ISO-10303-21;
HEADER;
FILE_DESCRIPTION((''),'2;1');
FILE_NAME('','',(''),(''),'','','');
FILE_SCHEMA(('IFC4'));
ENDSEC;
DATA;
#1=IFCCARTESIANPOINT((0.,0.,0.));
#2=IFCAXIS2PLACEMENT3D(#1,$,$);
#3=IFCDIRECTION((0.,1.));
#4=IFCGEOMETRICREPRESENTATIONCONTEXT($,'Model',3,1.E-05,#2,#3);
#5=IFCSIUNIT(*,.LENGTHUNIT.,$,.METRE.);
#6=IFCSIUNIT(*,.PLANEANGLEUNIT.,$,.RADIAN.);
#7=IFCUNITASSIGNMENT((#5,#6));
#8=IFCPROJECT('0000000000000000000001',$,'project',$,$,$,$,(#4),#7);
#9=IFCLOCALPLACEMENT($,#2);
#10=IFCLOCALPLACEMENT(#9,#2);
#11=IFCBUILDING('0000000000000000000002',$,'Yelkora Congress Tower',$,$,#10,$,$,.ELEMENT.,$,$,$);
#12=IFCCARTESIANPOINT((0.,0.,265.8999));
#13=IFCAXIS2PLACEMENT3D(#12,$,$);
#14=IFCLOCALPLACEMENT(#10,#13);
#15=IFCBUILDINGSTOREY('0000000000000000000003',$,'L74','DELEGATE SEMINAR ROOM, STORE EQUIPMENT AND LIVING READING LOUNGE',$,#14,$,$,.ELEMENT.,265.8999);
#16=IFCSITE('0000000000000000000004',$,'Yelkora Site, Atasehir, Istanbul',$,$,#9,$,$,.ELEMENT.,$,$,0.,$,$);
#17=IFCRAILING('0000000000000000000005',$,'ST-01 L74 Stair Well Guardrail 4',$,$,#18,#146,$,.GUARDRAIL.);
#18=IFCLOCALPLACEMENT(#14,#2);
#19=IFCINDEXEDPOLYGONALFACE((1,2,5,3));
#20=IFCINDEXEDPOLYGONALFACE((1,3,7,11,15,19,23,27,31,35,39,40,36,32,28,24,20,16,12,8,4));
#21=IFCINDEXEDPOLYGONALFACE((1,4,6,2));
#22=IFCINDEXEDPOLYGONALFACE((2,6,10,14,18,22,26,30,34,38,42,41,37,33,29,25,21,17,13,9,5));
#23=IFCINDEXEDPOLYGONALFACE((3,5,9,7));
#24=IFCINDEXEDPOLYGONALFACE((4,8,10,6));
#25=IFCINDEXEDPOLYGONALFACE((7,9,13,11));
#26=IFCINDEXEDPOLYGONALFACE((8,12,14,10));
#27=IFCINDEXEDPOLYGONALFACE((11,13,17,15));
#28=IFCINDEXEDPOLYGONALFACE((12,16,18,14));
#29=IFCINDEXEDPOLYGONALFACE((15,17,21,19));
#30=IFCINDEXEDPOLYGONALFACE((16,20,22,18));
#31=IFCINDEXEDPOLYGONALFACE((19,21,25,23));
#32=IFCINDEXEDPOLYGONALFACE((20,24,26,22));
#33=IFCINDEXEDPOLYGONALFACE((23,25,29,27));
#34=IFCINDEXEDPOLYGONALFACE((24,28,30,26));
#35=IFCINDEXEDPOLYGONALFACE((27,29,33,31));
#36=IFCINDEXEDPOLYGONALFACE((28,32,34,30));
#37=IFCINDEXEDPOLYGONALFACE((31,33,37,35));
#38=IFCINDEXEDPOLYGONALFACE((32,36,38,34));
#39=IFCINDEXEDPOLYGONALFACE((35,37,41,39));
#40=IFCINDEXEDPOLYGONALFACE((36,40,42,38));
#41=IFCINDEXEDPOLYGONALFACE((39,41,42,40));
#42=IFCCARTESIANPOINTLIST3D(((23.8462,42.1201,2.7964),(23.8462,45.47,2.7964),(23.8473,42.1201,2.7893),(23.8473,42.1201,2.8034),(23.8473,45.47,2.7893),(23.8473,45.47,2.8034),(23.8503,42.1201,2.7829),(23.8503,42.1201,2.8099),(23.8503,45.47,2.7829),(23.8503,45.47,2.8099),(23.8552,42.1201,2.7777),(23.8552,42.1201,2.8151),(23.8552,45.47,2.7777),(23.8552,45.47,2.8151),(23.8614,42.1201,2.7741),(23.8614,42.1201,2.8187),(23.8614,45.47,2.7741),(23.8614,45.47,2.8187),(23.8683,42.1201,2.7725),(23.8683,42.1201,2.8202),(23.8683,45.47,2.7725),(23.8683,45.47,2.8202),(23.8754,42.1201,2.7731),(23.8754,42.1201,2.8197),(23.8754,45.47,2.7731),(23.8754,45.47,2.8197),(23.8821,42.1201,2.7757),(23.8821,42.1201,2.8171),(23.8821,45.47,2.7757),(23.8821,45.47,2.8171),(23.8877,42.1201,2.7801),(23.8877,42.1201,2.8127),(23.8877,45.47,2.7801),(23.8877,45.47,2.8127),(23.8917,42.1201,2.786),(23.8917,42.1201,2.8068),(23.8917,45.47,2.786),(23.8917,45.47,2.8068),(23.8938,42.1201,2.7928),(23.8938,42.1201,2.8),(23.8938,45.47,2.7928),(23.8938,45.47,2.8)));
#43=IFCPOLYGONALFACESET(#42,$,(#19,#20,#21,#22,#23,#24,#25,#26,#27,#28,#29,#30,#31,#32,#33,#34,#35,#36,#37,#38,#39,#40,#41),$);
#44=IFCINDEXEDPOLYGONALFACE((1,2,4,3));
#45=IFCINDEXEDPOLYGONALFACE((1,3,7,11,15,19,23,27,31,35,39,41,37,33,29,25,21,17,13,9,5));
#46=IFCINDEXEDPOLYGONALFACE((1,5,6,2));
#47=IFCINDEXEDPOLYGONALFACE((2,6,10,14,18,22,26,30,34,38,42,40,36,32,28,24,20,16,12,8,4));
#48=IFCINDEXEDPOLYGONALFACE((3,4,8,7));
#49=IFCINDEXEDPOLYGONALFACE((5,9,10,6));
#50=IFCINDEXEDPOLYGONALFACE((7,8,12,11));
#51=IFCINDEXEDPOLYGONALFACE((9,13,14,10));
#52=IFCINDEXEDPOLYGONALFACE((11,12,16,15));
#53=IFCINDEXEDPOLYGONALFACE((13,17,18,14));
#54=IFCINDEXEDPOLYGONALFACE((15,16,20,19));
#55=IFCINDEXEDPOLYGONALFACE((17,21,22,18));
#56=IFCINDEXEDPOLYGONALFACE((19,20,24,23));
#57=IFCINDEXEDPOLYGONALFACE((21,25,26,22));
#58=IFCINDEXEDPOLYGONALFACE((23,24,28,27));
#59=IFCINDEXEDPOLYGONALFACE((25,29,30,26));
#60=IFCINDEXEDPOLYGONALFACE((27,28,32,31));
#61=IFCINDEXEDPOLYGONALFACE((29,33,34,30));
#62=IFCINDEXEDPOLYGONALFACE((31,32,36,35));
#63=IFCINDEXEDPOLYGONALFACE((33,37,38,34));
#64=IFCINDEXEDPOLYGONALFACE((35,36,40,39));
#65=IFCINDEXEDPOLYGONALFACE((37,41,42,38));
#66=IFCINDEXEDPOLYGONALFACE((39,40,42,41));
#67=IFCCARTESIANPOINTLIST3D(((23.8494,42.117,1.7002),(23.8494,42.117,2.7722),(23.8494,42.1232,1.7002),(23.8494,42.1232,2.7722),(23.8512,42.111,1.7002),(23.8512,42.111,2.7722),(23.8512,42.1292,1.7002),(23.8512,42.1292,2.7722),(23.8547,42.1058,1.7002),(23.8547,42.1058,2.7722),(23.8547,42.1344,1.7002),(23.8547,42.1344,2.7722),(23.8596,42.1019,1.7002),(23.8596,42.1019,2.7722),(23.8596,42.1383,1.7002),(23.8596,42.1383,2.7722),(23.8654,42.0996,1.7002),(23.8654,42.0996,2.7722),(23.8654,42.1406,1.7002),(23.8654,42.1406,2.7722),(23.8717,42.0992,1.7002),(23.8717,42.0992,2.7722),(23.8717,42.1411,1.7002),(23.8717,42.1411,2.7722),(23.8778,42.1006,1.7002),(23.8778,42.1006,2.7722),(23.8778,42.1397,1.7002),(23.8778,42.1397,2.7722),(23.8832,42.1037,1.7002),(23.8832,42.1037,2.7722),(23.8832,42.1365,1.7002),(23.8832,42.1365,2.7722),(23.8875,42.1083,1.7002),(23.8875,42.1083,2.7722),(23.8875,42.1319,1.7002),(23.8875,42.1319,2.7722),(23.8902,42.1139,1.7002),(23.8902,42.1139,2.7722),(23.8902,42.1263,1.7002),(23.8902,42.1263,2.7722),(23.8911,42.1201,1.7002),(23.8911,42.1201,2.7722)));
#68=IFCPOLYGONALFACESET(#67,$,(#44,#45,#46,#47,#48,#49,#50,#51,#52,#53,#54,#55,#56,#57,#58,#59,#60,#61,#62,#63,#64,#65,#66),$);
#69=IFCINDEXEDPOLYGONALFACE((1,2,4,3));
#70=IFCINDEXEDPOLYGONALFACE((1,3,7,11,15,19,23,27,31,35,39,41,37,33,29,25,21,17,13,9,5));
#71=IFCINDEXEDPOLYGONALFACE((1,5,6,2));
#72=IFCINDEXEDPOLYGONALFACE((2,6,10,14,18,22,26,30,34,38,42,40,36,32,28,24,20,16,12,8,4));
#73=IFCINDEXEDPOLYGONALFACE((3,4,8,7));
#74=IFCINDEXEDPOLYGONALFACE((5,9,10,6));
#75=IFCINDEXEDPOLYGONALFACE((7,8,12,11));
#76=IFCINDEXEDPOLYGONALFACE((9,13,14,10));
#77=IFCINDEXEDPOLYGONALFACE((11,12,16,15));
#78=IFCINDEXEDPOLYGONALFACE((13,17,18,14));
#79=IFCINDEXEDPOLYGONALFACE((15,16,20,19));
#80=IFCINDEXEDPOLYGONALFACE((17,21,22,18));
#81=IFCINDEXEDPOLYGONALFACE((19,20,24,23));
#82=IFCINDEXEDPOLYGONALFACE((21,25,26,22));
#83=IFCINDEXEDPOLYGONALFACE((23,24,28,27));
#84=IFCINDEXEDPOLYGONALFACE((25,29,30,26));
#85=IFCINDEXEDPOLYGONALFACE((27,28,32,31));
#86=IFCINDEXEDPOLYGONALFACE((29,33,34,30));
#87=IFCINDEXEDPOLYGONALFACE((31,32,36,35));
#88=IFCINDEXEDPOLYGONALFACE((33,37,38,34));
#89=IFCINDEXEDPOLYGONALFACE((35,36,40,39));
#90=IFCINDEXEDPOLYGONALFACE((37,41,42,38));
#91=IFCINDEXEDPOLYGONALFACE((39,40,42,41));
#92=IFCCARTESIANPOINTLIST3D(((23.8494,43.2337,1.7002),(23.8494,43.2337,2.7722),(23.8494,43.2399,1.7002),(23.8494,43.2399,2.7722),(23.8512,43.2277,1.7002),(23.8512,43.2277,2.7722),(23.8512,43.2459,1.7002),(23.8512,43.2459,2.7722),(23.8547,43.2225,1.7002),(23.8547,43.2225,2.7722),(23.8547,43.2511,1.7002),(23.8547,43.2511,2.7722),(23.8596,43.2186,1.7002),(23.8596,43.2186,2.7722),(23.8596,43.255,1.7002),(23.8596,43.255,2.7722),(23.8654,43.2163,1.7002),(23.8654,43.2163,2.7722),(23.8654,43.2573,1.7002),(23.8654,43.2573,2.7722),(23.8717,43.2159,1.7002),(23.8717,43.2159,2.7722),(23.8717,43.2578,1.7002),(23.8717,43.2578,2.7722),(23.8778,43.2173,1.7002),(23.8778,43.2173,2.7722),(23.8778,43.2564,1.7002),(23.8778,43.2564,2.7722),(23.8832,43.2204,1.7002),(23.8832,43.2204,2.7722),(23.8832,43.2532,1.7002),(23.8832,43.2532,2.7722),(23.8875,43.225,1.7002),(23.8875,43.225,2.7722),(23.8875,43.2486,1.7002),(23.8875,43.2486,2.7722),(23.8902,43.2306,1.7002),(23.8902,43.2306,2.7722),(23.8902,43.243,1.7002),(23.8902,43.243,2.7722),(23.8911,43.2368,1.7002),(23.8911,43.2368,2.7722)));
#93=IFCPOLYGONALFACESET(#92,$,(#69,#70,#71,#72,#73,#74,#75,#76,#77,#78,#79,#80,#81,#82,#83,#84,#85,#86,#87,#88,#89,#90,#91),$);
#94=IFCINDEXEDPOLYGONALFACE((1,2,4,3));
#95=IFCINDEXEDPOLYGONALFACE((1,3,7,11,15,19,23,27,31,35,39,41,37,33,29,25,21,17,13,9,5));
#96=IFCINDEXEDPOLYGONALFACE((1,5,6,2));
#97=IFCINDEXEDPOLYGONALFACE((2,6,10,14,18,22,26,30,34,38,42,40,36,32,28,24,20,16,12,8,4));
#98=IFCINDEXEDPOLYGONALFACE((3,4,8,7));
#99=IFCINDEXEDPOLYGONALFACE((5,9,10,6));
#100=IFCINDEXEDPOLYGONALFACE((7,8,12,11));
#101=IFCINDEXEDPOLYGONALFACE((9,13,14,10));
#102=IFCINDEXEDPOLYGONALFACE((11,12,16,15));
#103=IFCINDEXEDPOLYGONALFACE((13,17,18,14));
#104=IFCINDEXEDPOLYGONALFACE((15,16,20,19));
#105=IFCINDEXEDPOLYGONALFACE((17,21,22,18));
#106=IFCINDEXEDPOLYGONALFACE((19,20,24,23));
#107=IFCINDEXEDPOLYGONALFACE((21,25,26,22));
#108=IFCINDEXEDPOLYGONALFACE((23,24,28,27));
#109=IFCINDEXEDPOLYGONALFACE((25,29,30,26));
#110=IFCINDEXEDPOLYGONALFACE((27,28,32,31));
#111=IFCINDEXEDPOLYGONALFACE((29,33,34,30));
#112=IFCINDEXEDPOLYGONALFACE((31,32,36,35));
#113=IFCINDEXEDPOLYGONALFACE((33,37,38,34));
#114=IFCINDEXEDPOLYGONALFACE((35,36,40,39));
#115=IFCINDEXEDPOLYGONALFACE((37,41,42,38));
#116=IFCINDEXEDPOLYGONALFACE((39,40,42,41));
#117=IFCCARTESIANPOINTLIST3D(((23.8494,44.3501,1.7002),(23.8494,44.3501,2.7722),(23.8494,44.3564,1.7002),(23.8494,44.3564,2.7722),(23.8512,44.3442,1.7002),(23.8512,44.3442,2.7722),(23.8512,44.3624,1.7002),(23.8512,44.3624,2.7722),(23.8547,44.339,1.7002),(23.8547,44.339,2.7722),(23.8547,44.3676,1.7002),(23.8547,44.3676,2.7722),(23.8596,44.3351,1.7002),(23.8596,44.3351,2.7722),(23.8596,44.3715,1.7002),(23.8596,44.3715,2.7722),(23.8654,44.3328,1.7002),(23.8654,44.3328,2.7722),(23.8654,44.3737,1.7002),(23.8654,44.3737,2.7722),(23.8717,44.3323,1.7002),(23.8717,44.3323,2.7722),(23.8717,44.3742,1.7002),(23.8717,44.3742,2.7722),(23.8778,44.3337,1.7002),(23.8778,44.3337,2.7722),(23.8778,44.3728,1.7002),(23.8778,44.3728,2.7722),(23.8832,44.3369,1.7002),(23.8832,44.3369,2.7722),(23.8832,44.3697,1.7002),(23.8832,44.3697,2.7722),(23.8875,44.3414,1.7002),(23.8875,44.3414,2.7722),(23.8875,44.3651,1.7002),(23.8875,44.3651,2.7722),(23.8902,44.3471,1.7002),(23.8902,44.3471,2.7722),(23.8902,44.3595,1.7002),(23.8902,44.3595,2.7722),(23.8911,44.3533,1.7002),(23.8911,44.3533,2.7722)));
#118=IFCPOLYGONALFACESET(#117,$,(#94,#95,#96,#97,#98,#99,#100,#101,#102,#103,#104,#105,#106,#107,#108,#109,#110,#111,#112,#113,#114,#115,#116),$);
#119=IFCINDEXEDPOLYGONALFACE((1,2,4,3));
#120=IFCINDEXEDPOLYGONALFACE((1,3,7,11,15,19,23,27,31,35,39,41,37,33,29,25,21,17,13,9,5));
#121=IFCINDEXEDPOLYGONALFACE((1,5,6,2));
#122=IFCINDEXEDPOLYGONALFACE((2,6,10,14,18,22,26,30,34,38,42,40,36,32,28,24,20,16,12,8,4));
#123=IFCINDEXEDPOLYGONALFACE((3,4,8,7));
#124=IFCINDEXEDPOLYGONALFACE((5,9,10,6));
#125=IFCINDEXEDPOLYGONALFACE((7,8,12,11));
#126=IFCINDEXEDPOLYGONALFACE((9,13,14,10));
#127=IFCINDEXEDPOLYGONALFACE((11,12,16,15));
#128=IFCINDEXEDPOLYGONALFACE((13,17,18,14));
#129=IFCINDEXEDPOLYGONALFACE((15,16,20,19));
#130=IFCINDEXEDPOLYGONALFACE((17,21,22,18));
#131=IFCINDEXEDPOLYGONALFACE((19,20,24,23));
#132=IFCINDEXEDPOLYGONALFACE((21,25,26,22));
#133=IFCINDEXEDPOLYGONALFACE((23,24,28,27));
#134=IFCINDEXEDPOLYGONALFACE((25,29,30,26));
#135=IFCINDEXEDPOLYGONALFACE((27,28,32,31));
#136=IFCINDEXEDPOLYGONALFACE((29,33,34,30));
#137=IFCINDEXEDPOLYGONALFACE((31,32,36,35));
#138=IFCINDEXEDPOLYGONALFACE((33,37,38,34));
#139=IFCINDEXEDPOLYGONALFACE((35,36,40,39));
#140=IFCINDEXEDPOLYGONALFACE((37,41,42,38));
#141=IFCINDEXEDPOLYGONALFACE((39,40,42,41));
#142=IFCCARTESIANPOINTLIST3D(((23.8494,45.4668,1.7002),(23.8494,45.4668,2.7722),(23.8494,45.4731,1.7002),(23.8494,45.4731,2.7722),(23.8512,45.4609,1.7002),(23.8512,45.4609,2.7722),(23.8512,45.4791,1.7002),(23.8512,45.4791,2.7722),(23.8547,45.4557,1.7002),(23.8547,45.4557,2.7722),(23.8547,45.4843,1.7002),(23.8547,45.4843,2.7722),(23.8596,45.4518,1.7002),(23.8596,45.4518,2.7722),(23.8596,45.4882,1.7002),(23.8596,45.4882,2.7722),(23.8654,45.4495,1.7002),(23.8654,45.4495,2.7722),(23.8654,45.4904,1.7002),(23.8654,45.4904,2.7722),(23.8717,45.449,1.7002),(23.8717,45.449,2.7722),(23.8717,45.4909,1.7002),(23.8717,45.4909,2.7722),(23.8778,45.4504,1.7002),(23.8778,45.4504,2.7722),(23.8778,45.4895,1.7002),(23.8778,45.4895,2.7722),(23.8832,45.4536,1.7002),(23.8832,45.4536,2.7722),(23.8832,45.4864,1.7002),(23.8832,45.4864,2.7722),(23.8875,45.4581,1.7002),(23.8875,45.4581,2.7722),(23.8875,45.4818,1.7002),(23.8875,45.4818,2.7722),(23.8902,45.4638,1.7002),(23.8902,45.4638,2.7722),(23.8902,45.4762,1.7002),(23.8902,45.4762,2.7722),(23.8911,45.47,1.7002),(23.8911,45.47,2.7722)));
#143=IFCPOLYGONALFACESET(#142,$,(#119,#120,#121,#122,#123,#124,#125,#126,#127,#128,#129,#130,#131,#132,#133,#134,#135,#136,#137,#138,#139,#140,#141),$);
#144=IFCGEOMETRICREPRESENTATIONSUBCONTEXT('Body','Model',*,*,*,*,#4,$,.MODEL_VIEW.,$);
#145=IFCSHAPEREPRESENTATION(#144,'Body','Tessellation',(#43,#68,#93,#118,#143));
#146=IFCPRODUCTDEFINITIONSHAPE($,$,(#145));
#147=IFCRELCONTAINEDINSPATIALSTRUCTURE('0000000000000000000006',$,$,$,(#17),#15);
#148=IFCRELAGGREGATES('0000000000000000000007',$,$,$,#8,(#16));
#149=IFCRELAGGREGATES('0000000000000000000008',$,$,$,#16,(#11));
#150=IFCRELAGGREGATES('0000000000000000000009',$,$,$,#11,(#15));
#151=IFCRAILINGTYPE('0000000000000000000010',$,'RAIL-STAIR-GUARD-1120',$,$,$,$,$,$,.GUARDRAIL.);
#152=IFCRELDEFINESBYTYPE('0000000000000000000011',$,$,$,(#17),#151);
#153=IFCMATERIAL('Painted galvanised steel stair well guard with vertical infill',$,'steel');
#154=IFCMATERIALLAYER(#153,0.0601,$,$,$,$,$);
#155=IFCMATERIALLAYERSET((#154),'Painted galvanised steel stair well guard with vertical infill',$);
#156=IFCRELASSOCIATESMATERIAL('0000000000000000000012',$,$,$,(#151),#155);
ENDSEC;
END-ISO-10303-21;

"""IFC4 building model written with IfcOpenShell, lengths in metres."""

from ifc_helpers import new_model, si_unit, direction, frame, origin, origin_2d, place, context, subcontext, project, spatial, circle, extrude, material, layer, layer_set, type_object, element, save


model = new_model("IFC4")

# Units and contexts
model_context = context("Model", 3, precision=1e-05, world=origin(), true_north=direction((0.0, 1.0)))
body_context = subcontext(model_context, "Body", "Model", "MODEL_VIEW")
ifc_project = project(units=[si_unit("LENGTHUNIT", "METRE"), si_unit("PLANEANGLEUNIT", "RADIAN")], contexts=[model_context])

# Site, building, storey
site_placement = place(None, origin())
site = spatial("IfcSite", under=ifc_project, at=site_placement, Name="Yelkora Site, Atasehir, Istanbul", CompositionType="ELEMENT", RefElevation=0.0)
building_placement = place(site_placement, origin())
building = spatial("IfcBuilding", under=site, at=building_placement, Name="Yelkora Congress Tower", CompositionType="ELEMENT")
storey_placement = place(building_placement, frame((0.0, 0.0, 265.8999)))
storey = spatial("IfcBuildingStorey", under=building, at=storey_placement, Name="L74", Description="DELEGATE SEMINAR ROOM, STORE EQUIPMENT AND LIVING READING LOUNGE", CompositionType="ELEMENT", Elevation=265.8999)

# Railing
ifc_material_1 = material(Name="Painted galvanised steel stair well guard with vertical infill", Category="steel")
ifc_layer_1 = layer(ifc_material_1, 0.0601)
ifc_layer_set_1 = layer_set([ifc_layer_1], Name="Painted galvanised steel stair well guard with vertical infill")
railing_type_1 = type_object("IfcRailingType", Name="RAIL-STAIR-GUARD-1120", PredefinedType="GUARDRAIL", material=ifc_layer_set_1)
for number, where, name in (
    (1, (23.8701, 42.1201, 1.7002), "ST-01 L74 Stair Well Guardrail 4"),
):
    element("IfcRailing", number, at=place(storey_placement, frame(where)), inside=storey, type_object=railing_type_1, Name=name, PredefinedType="GUARDRAIL", context=body_context, shape_type="SweptSolid", body=[
        extrude(circle(Radius=0.0239, at=origin_2d()), frame((0.0, 0.0, 1.0962), z_axis=(0.0, 1.0, 0.0), x_axis=(-1.0, 0.0, 0.0)), (0.0, 0.0, 1.0), 3.3499),
        extrude(circle(Radius=0.021, at=origin_2d()), origin(), (0.0, 0.0, 1.0), 1.072),
        extrude(circle(Radius=0.021, at=origin_2d()), frame((0.0, 1.1167, 0.0)), (0.0, 0.0, 1.0), 1.072),
        extrude(circle(Radius=0.021, at=origin_2d()), frame((0.0, 2.2332, 0.0)), (0.0, 0.0, 1.0), 1.072),
        extrude(circle(Radius=0.021, at=origin_2d()), frame((0.0, 3.3499, 0.0)), (0.0, 0.0, 1.0), 1.072),
    ])

save(model, "model.ifc")
